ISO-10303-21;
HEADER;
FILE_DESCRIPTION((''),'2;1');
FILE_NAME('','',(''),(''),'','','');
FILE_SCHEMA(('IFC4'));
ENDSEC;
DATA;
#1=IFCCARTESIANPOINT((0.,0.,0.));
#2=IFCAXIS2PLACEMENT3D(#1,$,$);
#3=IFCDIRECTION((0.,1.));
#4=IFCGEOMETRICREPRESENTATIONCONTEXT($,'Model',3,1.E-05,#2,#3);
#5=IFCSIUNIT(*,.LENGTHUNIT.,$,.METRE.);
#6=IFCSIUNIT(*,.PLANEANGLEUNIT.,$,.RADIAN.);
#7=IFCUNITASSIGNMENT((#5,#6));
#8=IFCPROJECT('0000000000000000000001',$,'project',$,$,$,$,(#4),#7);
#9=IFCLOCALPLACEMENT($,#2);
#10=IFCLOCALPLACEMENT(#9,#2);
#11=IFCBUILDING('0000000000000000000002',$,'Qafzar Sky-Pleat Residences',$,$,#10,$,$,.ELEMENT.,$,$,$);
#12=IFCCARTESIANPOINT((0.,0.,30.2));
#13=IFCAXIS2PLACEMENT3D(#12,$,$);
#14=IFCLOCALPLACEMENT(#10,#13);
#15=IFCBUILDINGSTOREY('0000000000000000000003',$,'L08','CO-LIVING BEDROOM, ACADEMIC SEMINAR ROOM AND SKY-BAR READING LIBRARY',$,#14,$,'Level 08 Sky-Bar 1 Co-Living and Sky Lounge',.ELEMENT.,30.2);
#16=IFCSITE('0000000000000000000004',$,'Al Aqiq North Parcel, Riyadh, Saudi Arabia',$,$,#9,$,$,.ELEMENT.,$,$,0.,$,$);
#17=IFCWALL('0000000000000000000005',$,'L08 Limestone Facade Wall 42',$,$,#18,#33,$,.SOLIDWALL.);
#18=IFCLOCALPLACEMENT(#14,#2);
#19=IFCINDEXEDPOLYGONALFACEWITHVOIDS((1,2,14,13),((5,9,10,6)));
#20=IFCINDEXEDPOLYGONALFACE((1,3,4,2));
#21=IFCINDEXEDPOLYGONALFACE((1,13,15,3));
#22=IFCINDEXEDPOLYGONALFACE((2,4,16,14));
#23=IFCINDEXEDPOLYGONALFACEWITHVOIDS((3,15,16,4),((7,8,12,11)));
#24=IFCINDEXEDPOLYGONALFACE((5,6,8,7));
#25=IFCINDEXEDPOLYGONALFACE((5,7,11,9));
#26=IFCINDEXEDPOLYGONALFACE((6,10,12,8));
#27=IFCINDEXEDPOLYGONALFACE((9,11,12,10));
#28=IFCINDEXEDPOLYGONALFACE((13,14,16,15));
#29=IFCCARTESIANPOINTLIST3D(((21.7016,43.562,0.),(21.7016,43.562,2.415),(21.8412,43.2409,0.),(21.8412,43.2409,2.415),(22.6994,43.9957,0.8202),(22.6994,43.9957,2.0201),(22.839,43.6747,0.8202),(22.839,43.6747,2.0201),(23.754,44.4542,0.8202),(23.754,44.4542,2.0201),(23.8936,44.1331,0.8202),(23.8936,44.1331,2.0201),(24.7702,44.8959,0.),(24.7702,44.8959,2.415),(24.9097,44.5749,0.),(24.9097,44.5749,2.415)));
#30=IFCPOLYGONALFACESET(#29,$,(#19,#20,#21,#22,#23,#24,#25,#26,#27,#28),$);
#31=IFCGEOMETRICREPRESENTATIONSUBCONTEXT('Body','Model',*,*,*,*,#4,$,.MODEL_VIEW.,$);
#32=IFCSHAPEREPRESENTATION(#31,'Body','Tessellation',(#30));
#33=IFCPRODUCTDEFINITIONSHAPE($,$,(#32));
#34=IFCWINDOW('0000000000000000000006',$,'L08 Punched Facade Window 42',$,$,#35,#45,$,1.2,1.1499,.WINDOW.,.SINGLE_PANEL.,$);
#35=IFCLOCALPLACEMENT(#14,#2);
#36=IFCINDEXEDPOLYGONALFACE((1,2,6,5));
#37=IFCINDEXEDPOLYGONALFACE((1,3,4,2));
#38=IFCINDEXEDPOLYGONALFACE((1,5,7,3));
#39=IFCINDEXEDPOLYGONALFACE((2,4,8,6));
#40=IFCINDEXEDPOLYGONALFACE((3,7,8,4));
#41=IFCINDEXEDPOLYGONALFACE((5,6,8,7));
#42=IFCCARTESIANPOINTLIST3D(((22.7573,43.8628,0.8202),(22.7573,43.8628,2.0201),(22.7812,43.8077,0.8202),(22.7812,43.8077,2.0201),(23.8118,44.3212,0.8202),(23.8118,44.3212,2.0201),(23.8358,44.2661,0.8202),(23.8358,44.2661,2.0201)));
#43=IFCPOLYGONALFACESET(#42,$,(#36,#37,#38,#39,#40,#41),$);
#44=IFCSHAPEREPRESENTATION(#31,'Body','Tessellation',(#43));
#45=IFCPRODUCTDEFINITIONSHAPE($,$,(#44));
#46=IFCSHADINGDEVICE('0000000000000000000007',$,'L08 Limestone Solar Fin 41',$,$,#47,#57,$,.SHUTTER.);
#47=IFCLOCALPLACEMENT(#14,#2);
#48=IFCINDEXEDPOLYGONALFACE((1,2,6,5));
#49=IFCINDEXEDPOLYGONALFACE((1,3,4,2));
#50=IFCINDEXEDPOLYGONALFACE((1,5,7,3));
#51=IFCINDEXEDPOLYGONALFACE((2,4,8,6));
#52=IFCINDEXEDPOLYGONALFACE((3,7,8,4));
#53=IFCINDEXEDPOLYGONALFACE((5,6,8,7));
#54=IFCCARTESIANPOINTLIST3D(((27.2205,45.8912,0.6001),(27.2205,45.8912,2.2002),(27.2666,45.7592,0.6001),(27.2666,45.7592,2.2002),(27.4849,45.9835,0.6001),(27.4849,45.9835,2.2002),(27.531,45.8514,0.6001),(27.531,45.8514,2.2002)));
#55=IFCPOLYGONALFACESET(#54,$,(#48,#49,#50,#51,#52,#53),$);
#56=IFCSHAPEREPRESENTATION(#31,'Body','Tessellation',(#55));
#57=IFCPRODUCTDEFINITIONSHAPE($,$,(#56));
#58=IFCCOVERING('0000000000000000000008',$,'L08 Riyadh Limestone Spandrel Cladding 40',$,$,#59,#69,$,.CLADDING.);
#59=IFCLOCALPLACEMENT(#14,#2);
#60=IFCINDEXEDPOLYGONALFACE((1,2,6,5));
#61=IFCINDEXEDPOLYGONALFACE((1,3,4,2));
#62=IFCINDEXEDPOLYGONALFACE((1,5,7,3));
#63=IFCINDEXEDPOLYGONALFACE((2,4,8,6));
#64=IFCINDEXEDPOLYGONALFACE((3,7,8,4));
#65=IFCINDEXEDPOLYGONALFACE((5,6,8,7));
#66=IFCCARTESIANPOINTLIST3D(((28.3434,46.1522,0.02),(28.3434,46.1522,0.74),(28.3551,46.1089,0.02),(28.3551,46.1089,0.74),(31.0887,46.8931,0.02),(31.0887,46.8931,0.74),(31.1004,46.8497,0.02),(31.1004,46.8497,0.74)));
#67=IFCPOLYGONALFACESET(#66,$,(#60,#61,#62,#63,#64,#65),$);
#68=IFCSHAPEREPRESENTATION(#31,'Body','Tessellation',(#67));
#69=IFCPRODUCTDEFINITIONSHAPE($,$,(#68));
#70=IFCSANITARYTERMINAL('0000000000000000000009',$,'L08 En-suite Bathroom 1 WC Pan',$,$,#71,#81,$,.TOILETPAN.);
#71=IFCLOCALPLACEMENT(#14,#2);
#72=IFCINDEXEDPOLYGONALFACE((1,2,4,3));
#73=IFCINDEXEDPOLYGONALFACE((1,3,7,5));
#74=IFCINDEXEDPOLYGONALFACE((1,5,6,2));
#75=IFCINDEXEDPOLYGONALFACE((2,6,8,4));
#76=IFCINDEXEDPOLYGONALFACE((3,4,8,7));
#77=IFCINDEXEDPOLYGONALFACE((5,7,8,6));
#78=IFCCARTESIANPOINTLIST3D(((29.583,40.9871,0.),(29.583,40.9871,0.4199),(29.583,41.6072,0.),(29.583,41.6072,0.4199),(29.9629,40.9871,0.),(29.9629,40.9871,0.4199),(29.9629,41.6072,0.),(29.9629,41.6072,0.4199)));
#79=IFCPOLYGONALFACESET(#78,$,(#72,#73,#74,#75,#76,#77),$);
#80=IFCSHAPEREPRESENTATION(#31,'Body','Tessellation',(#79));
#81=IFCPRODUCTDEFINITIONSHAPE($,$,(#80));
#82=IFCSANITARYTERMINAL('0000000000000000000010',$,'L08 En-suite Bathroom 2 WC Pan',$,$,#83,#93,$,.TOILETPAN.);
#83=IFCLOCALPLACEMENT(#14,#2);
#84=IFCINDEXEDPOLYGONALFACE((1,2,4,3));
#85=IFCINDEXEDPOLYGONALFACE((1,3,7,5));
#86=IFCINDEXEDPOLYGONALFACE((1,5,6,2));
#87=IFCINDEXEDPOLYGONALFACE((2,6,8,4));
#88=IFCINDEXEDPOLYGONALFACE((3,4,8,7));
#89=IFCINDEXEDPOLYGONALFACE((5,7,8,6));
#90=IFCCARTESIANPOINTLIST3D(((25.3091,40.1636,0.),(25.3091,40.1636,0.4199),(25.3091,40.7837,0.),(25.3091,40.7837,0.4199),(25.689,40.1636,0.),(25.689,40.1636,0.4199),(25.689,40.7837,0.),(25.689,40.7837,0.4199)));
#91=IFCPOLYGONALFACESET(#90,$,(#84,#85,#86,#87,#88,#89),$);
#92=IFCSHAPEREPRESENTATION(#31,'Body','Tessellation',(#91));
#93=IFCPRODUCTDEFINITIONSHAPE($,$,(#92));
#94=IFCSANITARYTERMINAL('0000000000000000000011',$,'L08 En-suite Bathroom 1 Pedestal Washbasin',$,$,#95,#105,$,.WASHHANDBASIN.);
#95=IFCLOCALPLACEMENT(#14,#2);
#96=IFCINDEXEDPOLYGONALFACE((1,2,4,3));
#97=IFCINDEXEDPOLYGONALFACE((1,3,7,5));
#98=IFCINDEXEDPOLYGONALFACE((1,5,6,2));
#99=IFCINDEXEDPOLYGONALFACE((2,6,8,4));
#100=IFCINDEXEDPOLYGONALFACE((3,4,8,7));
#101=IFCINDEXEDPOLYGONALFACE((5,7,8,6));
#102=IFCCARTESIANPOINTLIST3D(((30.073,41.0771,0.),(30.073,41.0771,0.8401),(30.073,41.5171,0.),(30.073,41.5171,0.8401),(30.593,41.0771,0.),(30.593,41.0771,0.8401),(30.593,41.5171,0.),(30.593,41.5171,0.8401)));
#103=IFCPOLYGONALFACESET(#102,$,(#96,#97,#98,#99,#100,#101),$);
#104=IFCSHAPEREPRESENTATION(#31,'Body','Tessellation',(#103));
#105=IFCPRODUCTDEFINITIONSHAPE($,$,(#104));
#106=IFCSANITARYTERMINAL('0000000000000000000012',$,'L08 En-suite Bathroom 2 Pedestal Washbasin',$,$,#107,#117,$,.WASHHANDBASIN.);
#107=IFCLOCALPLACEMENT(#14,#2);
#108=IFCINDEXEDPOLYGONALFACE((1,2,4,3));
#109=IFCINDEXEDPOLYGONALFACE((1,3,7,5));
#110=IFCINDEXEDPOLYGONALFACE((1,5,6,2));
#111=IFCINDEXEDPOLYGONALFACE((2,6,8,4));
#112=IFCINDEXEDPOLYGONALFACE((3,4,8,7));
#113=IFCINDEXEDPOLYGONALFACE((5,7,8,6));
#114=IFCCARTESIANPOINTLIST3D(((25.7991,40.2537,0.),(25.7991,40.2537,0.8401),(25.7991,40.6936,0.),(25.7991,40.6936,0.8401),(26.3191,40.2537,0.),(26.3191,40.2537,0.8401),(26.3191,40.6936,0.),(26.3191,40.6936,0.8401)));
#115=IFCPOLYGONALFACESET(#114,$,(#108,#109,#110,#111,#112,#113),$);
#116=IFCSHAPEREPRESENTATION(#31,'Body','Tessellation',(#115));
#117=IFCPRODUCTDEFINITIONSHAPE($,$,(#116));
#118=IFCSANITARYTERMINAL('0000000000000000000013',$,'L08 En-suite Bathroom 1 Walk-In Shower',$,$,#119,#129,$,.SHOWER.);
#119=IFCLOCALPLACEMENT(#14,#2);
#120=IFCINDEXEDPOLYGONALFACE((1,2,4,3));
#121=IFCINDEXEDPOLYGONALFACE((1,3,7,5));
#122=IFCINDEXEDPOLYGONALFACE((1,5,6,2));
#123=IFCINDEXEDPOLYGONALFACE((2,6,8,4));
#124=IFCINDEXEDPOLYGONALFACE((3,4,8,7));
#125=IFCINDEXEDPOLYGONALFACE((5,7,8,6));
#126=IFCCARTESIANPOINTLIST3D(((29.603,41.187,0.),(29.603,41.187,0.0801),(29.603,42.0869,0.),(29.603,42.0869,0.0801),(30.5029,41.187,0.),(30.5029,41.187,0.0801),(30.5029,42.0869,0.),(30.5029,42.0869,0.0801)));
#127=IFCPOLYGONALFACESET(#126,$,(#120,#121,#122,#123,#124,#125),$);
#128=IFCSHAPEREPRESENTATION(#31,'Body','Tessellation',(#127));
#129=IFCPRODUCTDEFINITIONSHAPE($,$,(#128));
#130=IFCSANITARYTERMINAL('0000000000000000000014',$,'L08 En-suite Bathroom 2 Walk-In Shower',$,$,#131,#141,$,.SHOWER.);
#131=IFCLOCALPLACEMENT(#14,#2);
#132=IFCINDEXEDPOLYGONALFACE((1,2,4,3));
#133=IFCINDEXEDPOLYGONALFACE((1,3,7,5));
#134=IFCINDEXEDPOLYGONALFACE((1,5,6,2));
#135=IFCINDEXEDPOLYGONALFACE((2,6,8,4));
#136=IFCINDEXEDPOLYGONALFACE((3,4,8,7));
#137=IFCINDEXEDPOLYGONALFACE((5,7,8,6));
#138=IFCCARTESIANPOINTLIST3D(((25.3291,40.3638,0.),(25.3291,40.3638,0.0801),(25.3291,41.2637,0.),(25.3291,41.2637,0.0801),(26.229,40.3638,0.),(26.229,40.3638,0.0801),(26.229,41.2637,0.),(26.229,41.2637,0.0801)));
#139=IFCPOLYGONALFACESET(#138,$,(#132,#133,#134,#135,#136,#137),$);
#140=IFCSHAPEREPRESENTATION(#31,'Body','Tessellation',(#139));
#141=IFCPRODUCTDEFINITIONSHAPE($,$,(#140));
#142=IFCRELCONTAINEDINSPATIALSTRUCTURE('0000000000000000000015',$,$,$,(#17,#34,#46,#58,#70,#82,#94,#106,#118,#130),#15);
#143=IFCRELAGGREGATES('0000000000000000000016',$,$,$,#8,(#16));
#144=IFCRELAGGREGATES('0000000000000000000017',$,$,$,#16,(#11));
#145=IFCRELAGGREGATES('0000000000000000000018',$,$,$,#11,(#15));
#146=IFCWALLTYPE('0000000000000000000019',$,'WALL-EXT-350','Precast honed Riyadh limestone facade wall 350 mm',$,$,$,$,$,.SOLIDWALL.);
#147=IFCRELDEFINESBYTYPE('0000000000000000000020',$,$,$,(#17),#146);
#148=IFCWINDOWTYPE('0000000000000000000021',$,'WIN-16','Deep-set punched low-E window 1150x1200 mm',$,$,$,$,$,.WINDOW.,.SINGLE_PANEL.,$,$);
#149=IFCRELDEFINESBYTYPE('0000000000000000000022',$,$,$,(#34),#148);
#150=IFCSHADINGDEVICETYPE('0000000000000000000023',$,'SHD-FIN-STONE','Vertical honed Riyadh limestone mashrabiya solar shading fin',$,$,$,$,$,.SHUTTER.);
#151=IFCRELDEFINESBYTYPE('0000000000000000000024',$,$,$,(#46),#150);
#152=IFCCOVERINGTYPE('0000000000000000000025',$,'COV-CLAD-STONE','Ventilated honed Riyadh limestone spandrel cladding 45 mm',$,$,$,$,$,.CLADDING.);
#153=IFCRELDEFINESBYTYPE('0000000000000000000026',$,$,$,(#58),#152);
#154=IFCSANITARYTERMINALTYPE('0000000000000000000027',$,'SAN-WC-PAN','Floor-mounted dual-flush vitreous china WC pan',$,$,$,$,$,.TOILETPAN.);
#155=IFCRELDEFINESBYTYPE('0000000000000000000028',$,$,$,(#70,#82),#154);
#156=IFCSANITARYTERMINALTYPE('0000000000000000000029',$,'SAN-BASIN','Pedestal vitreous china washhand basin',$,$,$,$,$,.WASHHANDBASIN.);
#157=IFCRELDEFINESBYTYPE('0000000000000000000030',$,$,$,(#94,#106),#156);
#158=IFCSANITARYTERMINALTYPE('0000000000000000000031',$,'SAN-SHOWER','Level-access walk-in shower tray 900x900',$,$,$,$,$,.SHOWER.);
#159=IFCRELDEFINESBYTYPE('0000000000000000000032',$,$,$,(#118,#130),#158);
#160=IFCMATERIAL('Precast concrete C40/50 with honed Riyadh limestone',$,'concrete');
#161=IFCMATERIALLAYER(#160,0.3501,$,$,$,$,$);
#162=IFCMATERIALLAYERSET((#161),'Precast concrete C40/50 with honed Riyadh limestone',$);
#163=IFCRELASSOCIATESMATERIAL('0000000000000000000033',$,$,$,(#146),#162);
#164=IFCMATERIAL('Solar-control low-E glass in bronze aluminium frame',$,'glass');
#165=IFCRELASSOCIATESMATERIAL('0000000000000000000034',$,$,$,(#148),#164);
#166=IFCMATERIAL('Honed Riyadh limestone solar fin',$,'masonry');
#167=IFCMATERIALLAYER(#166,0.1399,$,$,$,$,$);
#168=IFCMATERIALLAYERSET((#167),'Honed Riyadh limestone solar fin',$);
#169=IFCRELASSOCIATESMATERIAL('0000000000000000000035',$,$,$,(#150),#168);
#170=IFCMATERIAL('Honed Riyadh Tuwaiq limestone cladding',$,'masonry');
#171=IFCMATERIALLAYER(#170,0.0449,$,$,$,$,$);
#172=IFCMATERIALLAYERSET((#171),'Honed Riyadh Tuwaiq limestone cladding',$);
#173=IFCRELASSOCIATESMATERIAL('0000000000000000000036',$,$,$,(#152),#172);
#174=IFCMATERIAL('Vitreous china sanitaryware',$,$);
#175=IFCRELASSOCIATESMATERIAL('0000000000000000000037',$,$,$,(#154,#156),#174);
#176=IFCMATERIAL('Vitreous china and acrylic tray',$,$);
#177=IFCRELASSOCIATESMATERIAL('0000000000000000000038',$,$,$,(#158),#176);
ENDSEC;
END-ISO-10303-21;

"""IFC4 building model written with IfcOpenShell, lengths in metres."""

from ifc_helpers import new_model, si_unit, direction, frame, frame_2d, origin, origin_2d, place, context, subcontext, project, spatial, rectangle, extrude, source, transform, mapped, material, layer, layer_set, type_object, element, fill, save


model = new_model("IFC4")

# Units and contexts
model_context = context("Model", 3, precision=1e-05, world=origin(), true_north=direction((0.0, 1.0)))
body_context = subcontext(model_context, "Body", "Model", "MODEL_VIEW")
ifc_project = project(units=[si_unit("LENGTHUNIT", "METRE"), si_unit("PLANEANGLEUNIT", "RADIAN")], contexts=[model_context])

# Site, building, storey
site_placement = place(None, origin())
site = spatial("IfcSite", under=ifc_project, at=site_placement, Name="Al Aqiq North Parcel, Riyadh, Saudi Arabia", CompositionType="ELEMENT", RefElevation=0.0)
building_placement = place(site_placement, origin())
building = spatial("IfcBuilding", under=site, at=building_placement, Name="Qafzar Sky-Pleat Residences", CompositionType="ELEMENT")
storey_placement = place(building_placement, frame((0.0, 0.0, 30.2)))
storey = spatial("IfcBuildingStorey", under=building, at=storey_placement, Name="L08", Description="CO-LIVING BEDROOM, ACADEMIC SEMINAR ROOM AND SKY-BAR READING LIBRARY", LongName="Level 08 Sky-Bar 1 Co-Living and Sky Lounge", CompositionType="ELEMENT", Elevation=30.2)

# Wall, opening, window
ifc_material_1 = material(Name="Precast concrete C40/50 with honed Riyadh limestone", Category="concrete")
ifc_layer_1 = layer(ifc_material_1, 0.3501)
ifc_layer_set_1 = layer_set([ifc_layer_1], Name="Precast concrete C40/50 with honed Riyadh limestone")
wall_type_1 = type_object("IfcWallType", Name="WALL-EXT-350", Description="Precast honed Riyadh limestone facade wall 350 mm", PredefinedType="SOLIDWALL", material=ifc_layer_set_1)
ifc_material_2 = material(Name="Solar-control low-E glass in bronze aluminium frame", Category="glass")
wall_1_placement = place(storey_placement, frame((24.8398, 44.7354, 0.0), z_axis=(0.0, 0.0, 1.0), x_axis=(-0.917091, -0.398678, 0.0)))
wall_1 = element("IfcWall", 1, at=wall_1_placement, inside=storey, type_object=wall_type_1, Name="L08 Limestone Facade Wall 42", PredefinedType="SOLIDWALL", context=body_context, shape_type="SweptSolid", body=[
    extrude(rectangle(XDim=3.3459, YDim=0.3501, at=frame_2d((1.6729, 0.0))), origin(), (0.0, 0.0, 1.0), 2.415),
])
opening_1_placement = place(wall_1_placement, frame((1.1079, 0.0, 0.8201)))
opening_1 = element("IfcOpeningElement", 2, at=opening_1_placement, cuts=wall_1, PredefinedType="OPENING", context=body_context, shape_type="SweptSolid", body=[
    extrude(rectangle(XDim=1.1499, YDim=1.2, at=frame_2d((0.575, 0.6001))), frame((0.0, 0.1851, 0.0), z_axis=(0.0, -1.0, 0.0), x_axis=(1.0, 0.0, 0.0)), (0.0, 0.0, 1.0), 0.3701),
])
window_type_1 = type_object("IfcWindowType", Name="WIN-16", Description="Deep-set punched low-E window 1150x1200 mm", PartitioningType="SINGLE_PANEL", PredefinedType="WINDOW", material=ifc_material_2)
shared_shape_1 = source(origin(), body_context, "Body", "SweptSolid", [
    extrude(rectangle(XDim=1.1499, YDim=1.2, at=frame_2d((0.575, 0.6001))), frame((0.0, 0.03, 0.0), z_axis=(0.0, -1.0, 0.0), x_axis=(1.0, 0.0, 0.0)), (0.0, 0.0, 1.0), 0.0601),
])
window_1_placement = place(opening_1_placement, origin())
window_1 = element("IfcWindow", 3, at=window_1_placement, inside=storey, type_object=window_type_1, Name="L08 Punched Facade Window 42", OverallHeight=1.2, OverallWidth=1.1499, PartitioningType="SINGLE_PANEL", PredefinedType="WINDOW", context=body_context, shape_type="MappedRepresentation", body=[
    mapped(shared_shape_1, transform((0.0, 0.0, 0.0), x_axis=(1.0, 0.0, 0.0), y_axis=(0.0, 1.0, 0.0), z_axis=(0.0, 0.0, 1.0), scale=1.0)),
])
fill(opening_1, window_1)

# Shading device
ifc_material_3 = material(Name="Honed Riyadh limestone solar fin", Category="masonry")
ifc_layer_2 = layer(ifc_material_3, 0.1399)
ifc_layer_set_2 = layer_set([ifc_layer_2], Name="Honed Riyadh limestone solar fin")
shading_device_type = type_object("IfcShadingDeviceType", Name="SHD-FIN-STONE", Description="Vertical honed Riyadh limestone mashrabiya solar shading fin", PredefinedType="SHUTTER", material=ifc_layer_set_2)
shared_shape_2 = source(origin(), body_context, "Body", "SweptSolid", [
    extrude(rectangle(XDim=0.1399, YDim=0.28, at=origin_2d()), origin(), (0.0, 0.0, 1.0), 1.6001),
])
shading_device_placement = place(storey_placement, frame((27.3757, 45.8713, 0.6001), z_axis=(0.0, 0.0, 1.0), x_axis=(-0.329567, 0.944132, 0.0)))
element("IfcShadingDevice", 4, at=shading_device_placement, inside=storey, type_object=shading_device_type, Name="L08 Limestone Solar Fin 41", PredefinedType="SHUTTER", context=body_context, shape_type="MappedRepresentation", body=[
    mapped(shared_shape_2, transform((0.0, 0.0, 0.0), x_axis=(1.0, 0.0, 0.0), y_axis=(0.0, 1.0, 0.0), z_axis=(0.0, 0.0, 1.0), scale=1.0)),
])

# Covering
ifc_material_4 = material(Name="Honed Riyadh Tuwaiq limestone cladding", Category="masonry")
ifc_layer_3 = layer(ifc_material_4, 0.0449)
ifc_layer_set_3 = layer_set([ifc_layer_3], Name="Honed Riyadh Tuwaiq limestone cladding")
covering_type = type_object("IfcCoveringType", Name="COV-CLAD-STONE", Description="Ventilated honed Riyadh limestone spandrel cladding 45 mm", PredefinedType="CLADDING", material=ifc_layer_set_3)
shared_shape_3 = source(origin(), body_context, "Body", "SweptSolid", [
    extrude(rectangle(XDim=2.8435, YDim=0.0449, at=origin_2d()), origin(), (0.0, 0.0, 1.0), 0.72),
])
covering_placement = place(storey_placement, frame((29.7219, 46.501, 0.02), z_axis=(0.0, 0.0, 1.0), x_axis=(-0.965462, -0.260545, 0.0)))
element("IfcCovering", 5, at=covering_placement, inside=storey, type_object=covering_type, Name="L08 Riyadh Limestone Spandrel Cladding 40", PredefinedType="CLADDING", context=body_context, shape_type="MappedRepresentation", body=[
    mapped(shared_shape_3, transform((0.0, 0.0, 0.0), x_axis=(1.0, 0.0, 0.0), y_axis=(0.0, 1.0, 0.0), z_axis=(0.0, 0.0, 1.0), scale=1.0)),
])

# Sanitary terminals
ifc_material_5 = material(Name="Vitreous china sanitaryware")
sanitary_terminal_type_1 = type_object("IfcSanitaryTerminalType", Name="SAN-WC-PAN", Description="Floor-mounted dual-flush vitreous china WC pan", PredefinedType="TOILETPAN", material=ifc_material_5)
shared_shape_4 = source(origin(), body_context, "Body", "SweptSolid", [
    extrude(rectangle(XDim=0.3799, YDim=0.6201, at=origin_2d()), origin(), (0.0, 0.0, 1.0), 0.4199),
])
for number, where, z_axis, x_axis, name in (
    (6, (29.7729, 41.2971, 0.0), (0.0, 0.0, 1.0), (1.0, 0.0, 0.0), "L08 En-suite Bathroom 1 WC Pan"),
    (7, (25.499, 40.4736, 0.0), (0.0, 0.0, 1.0), (1.0, 0.0, 0.0), "L08 En-suite Bathroom 2 WC Pan"),
):
    element("IfcSanitaryTerminal", number, at=place(storey_placement, frame(where, z_axis=z_axis, x_axis=x_axis)), inside=storey, type_object=sanitary_terminal_type_1, Name=name, PredefinedType="TOILETPAN", context=body_context, shape_type="MappedRepresentation", body=[
        mapped(shared_shape_4, transform((0.0, 0.0, 0.0), x_axis=(1.0, 0.0, 0.0), y_axis=(0.0, 1.0, 0.0), z_axis=(0.0, 0.0, 1.0), scale=1.0)),
    ])
sanitary_terminal_type_2 = type_object("IfcSanitaryTerminalType", Name="SAN-BASIN", Description="Pedestal vitreous china washhand basin", PredefinedType="WASHHANDBASIN", material=ifc_material_5)
shared_shape_5 = source(origin(), body_context, "Body", "SweptSolid", [
    extrude(rectangle(XDim=0.52, YDim=0.4399, at=origin_2d()), origin(), (0.0, 0.0, 1.0), 0.8401),
])
for number, where, z_axis, x_axis, name in (
    (8, (30.333, 41.2971, 0.0), (0.0, 0.0, 1.0), (1.0, 0.0, 0.0), "L08 En-suite Bathroom 1 Pedestal Washbasin"),
    (9, (26.0591, 40.4736, 0.0), (0.0, 0.0, 1.0), (1.0, 0.0, 0.0), "L08 En-suite Bathroom 2 Pedestal Washbasin"),
):
    element("IfcSanitaryTerminal", number, at=place(storey_placement, frame(where, z_axis=z_axis, x_axis=x_axis)), inside=storey, type_object=sanitary_terminal_type_2, Name=name, PredefinedType="WASHHANDBASIN", context=body_context, shape_type="MappedRepresentation", body=[
        mapped(shared_shape_5, transform((0.0, 0.0, 0.0), x_axis=(1.0, 0.0, 0.0), y_axis=(0.0, 1.0, 0.0), z_axis=(0.0, 0.0, 1.0), scale=1.0)),
    ])
ifc_material_6 = material(Name="Vitreous china and acrylic tray")
sanitary_terminal_type_3 = type_object("IfcSanitaryTerminalType", Name="SAN-SHOWER", Description="Level-access walk-in shower tray 900x900", PredefinedType="SHOWER", material=ifc_material_6)
shared_shape_6 = source(origin(), body_context, "Body", "SweptSolid", [
    extrude(rectangle(XDim=0.8999, YDim=0.8999, at=origin_2d()), origin(), (0.0, 0.0, 1.0), 0.0801),
])
for number, where, z_axis, x_axis, name in (
    (10, (30.053, 41.637, 0.0), (0.0, 0.0, 1.0), (1.0, 0.0, 0.0), "L08 En-suite Bathroom 1 Walk-In Shower"),
    (11, (25.7791, 40.8137, 0.0), (0.0, 0.0, 1.0), (1.0, 0.0, 0.0), "L08 En-suite Bathroom 2 Walk-In Shower"),
):
    element("IfcSanitaryTerminal", number, at=place(storey_placement, frame(where, z_axis=z_axis, x_axis=x_axis)), inside=storey, type_object=sanitary_terminal_type_3, Name=name, PredefinedType="SHOWER", context=body_context, shape_type="MappedRepresentation", body=[
        mapped(shared_shape_6, transform((0.0, 0.0, 0.0), x_axis=(1.0, 0.0, 0.0), y_axis=(0.0, 1.0, 0.0), z_axis=(0.0, 0.0, 1.0), scale=1.0)),
    ])

save(model, "model.ifc")
